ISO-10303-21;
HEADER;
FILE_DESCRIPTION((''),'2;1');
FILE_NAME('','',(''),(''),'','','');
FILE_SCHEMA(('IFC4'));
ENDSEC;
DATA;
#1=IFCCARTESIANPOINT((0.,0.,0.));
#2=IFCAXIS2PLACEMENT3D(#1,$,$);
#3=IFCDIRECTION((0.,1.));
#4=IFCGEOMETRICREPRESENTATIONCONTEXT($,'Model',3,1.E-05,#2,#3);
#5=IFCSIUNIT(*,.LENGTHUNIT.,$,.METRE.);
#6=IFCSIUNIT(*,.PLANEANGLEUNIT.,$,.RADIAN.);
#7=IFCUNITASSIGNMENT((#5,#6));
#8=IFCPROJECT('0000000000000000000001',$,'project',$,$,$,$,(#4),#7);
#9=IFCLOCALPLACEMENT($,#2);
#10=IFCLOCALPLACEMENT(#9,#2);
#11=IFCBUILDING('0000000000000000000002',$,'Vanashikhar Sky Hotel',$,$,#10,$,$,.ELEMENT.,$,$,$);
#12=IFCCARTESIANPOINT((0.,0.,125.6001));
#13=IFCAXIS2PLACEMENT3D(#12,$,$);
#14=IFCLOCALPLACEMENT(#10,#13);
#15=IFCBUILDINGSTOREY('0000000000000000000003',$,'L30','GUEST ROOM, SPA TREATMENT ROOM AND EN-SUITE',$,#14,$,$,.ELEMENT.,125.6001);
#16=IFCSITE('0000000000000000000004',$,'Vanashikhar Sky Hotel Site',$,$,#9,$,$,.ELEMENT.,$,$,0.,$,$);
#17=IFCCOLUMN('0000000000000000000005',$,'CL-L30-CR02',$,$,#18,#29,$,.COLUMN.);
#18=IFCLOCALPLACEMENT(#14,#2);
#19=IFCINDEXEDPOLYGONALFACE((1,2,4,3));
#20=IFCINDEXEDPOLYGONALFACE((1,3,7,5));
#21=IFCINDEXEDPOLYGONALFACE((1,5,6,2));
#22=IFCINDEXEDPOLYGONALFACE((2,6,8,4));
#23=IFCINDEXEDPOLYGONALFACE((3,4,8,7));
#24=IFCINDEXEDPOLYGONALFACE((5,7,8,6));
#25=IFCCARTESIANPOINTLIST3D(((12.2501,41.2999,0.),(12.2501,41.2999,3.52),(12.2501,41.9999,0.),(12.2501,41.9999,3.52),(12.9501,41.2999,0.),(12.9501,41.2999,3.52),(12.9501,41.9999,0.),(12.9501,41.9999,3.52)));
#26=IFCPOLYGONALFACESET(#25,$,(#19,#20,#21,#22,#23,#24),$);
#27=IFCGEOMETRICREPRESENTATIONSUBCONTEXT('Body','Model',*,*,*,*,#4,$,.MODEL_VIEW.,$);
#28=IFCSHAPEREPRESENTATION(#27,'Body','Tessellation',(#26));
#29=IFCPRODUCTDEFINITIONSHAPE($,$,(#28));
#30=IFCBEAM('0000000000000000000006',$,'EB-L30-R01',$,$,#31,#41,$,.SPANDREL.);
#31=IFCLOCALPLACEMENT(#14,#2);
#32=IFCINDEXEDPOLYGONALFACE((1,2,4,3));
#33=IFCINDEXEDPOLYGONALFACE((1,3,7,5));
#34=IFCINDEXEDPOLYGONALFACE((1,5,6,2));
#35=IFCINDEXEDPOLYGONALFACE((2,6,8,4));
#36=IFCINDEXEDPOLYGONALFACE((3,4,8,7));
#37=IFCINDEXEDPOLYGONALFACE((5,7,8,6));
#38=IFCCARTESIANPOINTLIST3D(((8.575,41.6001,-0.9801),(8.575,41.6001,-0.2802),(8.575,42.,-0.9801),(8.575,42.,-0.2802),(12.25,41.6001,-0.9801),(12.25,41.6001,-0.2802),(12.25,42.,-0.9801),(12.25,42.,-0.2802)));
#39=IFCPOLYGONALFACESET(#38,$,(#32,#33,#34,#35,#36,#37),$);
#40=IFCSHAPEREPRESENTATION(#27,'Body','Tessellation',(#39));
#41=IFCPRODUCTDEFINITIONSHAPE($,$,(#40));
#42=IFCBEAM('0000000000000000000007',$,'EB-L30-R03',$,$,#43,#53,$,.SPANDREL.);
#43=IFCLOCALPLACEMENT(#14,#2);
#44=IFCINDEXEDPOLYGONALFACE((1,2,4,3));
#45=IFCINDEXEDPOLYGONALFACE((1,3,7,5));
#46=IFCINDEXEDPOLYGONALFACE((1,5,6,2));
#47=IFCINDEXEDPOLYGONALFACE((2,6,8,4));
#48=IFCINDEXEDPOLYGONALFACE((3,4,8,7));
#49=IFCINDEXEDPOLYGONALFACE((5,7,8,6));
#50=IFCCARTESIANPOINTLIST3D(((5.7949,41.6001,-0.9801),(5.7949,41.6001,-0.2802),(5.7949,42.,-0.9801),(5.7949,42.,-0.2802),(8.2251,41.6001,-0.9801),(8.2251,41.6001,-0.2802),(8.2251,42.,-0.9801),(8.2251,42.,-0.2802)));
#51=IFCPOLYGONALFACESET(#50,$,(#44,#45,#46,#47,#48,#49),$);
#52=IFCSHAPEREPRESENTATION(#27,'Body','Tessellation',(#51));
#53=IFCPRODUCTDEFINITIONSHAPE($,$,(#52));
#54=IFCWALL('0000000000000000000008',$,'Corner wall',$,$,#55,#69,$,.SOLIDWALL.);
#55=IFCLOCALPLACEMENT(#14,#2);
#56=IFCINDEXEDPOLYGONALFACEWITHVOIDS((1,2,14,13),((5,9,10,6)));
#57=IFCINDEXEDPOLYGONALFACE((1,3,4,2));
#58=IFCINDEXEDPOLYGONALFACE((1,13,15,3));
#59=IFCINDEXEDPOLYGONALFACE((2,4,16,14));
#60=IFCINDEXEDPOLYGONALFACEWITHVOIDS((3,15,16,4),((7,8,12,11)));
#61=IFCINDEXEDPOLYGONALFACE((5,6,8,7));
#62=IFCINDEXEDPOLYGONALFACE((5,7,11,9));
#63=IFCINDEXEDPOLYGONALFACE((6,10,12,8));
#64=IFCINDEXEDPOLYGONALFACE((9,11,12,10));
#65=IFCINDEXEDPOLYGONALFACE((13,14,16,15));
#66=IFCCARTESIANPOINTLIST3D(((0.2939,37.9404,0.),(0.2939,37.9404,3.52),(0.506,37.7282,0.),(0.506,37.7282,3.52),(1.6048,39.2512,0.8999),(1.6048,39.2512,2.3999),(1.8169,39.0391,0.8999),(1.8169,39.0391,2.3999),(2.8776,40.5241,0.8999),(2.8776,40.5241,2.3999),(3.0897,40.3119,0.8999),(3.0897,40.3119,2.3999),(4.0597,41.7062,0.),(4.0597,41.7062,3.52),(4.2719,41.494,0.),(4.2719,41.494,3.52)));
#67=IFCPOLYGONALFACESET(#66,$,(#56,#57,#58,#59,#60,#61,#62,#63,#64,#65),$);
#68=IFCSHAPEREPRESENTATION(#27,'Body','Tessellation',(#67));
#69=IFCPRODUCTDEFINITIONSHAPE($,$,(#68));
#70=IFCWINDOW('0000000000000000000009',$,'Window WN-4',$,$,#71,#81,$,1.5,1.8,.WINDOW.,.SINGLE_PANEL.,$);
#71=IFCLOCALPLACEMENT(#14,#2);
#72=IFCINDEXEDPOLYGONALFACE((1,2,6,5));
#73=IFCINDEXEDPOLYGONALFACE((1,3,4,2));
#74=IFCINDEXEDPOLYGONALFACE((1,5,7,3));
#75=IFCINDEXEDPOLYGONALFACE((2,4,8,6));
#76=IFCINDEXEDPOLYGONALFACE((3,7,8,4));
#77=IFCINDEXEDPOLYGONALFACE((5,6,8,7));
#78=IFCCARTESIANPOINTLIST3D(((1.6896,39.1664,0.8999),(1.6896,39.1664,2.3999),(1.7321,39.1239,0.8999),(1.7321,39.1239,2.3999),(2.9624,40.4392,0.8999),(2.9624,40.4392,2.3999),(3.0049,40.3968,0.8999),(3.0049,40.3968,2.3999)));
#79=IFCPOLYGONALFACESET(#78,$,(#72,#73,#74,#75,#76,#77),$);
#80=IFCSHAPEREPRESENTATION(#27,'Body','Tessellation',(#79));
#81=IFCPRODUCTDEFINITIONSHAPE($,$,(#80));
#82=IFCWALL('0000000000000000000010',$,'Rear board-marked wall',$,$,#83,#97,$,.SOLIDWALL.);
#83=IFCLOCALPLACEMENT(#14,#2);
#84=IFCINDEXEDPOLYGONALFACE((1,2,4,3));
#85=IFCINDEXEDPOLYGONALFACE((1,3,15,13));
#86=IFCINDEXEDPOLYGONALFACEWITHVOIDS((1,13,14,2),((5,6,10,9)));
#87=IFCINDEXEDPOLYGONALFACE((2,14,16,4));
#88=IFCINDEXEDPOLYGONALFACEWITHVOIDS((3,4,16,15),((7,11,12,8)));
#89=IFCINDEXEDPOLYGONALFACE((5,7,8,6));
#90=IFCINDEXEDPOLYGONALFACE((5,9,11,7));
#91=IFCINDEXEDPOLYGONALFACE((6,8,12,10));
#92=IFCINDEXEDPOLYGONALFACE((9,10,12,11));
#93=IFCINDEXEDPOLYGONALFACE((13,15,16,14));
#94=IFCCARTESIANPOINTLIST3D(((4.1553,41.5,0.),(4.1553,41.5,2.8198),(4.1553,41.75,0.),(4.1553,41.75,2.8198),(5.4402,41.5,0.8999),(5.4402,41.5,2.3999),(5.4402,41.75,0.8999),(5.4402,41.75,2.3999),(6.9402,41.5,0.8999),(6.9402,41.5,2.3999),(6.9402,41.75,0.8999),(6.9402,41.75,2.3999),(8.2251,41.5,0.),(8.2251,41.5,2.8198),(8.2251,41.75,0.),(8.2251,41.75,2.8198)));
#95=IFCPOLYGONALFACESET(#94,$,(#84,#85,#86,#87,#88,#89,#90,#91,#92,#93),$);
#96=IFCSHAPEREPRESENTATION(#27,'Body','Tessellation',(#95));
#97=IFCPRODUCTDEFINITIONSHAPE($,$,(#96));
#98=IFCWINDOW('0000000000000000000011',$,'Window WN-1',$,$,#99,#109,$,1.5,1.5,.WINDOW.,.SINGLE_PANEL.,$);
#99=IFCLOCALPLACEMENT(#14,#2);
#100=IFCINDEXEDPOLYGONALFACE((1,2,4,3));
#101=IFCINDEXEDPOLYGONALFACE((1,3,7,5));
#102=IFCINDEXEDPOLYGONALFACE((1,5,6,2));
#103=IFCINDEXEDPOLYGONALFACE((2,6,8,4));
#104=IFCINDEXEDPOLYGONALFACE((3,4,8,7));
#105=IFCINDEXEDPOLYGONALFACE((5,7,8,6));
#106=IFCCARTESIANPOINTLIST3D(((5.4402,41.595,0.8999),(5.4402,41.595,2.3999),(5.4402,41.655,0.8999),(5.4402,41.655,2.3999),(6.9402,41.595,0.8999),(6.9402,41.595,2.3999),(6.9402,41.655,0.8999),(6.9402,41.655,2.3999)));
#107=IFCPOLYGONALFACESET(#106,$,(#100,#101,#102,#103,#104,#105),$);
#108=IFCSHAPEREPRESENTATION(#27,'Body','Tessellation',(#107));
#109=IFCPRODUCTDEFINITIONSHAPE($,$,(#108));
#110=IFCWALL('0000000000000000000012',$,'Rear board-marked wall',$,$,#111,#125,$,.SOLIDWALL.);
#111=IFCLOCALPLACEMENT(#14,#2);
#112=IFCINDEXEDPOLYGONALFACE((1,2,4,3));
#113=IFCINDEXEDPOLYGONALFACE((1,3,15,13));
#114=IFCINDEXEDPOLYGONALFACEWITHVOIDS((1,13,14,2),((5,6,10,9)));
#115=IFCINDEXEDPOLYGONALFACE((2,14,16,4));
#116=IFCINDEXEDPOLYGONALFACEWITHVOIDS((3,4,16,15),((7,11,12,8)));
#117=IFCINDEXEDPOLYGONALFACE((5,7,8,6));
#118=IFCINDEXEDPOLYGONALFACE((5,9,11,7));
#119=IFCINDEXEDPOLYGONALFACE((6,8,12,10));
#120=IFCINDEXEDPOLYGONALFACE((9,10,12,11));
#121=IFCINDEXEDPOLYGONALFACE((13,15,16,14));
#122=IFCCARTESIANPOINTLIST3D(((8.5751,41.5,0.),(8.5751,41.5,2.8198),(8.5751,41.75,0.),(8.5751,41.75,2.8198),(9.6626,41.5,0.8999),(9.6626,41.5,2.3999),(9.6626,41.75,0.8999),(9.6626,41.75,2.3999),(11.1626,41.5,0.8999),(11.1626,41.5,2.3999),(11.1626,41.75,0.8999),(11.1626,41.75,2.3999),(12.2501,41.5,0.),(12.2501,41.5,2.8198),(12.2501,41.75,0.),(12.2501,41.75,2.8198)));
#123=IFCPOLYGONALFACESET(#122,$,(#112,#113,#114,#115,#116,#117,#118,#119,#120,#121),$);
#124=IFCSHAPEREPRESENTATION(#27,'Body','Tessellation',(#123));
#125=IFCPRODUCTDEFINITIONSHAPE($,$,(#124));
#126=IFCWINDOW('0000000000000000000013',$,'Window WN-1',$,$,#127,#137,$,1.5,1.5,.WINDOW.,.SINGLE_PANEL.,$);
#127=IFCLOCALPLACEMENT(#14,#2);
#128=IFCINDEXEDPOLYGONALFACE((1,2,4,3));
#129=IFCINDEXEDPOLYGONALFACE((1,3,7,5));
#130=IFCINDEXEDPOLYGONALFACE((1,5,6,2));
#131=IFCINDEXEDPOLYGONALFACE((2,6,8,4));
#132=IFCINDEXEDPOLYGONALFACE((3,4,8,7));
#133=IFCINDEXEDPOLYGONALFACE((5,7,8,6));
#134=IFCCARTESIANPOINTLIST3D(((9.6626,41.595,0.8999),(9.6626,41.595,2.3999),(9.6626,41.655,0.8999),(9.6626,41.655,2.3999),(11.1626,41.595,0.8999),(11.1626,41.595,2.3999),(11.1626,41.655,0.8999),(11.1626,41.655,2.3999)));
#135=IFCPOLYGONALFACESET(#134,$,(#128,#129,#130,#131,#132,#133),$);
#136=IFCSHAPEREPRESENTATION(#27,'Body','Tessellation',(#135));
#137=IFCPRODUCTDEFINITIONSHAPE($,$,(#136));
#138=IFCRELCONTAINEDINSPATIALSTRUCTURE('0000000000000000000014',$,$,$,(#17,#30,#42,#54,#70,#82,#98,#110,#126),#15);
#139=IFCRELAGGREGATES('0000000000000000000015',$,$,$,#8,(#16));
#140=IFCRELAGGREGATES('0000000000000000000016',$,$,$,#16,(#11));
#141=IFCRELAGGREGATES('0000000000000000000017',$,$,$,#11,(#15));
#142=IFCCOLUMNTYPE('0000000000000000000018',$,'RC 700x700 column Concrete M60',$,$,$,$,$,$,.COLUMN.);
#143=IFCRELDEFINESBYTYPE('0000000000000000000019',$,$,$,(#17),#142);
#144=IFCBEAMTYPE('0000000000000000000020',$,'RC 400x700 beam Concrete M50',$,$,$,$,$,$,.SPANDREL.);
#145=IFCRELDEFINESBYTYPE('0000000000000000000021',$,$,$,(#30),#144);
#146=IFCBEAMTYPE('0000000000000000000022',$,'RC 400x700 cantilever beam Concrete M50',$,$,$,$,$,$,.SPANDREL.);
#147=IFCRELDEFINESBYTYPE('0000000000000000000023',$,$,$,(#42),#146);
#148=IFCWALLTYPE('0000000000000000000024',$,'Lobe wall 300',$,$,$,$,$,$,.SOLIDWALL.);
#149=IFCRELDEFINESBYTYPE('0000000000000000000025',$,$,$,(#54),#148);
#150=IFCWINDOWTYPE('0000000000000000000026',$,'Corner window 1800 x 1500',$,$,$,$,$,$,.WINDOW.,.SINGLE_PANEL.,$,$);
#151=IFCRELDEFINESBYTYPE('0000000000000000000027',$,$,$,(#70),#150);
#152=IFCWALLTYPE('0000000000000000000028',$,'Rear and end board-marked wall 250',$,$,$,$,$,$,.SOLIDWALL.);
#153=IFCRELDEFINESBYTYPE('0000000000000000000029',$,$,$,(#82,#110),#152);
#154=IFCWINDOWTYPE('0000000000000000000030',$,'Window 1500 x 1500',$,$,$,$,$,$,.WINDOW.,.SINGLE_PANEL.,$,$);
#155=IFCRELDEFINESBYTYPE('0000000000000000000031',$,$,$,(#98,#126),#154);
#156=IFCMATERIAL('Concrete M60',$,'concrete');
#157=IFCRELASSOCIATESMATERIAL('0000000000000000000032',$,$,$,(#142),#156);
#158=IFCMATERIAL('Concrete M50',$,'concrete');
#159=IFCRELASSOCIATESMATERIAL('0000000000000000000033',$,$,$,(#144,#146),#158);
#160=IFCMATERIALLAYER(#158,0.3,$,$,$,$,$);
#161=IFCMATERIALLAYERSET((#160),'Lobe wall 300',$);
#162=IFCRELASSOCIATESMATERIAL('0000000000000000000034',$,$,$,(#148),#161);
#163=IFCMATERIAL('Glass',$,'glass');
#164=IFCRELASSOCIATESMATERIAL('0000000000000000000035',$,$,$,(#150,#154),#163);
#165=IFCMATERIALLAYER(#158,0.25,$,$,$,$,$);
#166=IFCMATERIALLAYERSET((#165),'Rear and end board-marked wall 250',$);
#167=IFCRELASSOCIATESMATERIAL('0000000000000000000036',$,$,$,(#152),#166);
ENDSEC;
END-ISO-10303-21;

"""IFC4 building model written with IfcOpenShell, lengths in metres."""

from ifc_helpers import new_model, si_unit, direction, frame, frame_2d, origin, origin_2d, place, context, subcontext, project, spatial, rectangle, extrude, source, transform, mapped, material, layer, layer_set, material_profile, profile_set, type_object, element, fill, save


model = new_model("IFC4")

# Units and contexts
model_context = context("Model", 3, precision=1e-05, world=origin(), true_north=direction((0.0, 1.0)))
body_context = subcontext(model_context, "Body", "Model", "MODEL_VIEW")
ifc_project = project(units=[si_unit("LENGTHUNIT", "METRE"), si_unit("PLANEANGLEUNIT", "RADIAN")], contexts=[model_context])

# Site, building, storey
site_placement = place(None, origin())
site = spatial("IfcSite", under=ifc_project, at=site_placement, Name="Vanashikhar Sky Hotel Site", CompositionType="ELEMENT", RefElevation=0.0)
building_placement = place(site_placement, origin())
building = spatial("IfcBuilding", under=site, at=building_placement, Name="Vanashikhar Sky Hotel", CompositionType="ELEMENT")
storey_placement = place(building_placement, frame((0.0, 0.0, 125.6001)))
storey = spatial("IfcBuildingStorey", under=building, at=storey_placement, Name="L30", Description="GUEST ROOM, SPA TREATMENT ROOM AND EN-SUITE", CompositionType="ELEMENT", Elevation=125.6001)

# Column
ifc_material_1 = material(Name="Concrete M60", Category="concrete")
ifc_material_profile_1 = material_profile(ifc_material_1, rectangle(XDim=0.7, YDim=0.7, at=origin_2d()))
ifc_profile_set_1 = profile_set([ifc_material_profile_1], Name="RC 700x700 column Concrete M60")
column_type = type_object("IfcColumnType", Name="RC 700x700 column Concrete M60", PredefinedType="COLUMN", material=ifc_profile_set_1)
shared_shape_1 = source(origin(), body_context, "Body", "SweptSolid", [
    extrude(rectangle(XDim=0.7, YDim=0.7, at=origin_2d()), origin(), (0.0, 0.0, 1.0), 3.52),
])
column_placement = place(storey_placement, frame((12.6001, 41.6499, 0.0), z_axis=(0.0, 0.0, 1.0), x_axis=(1.0, 0.0, 0.0)))
element("IfcColumn", 1, at=column_placement, inside=storey, type_object=column_type, Name="CL-L30-CR02", PredefinedType="COLUMN", context=body_context, shape_type="MappedRepresentation", body=[
    mapped(shared_shape_1, transform((0.0, 0.0, 0.0), scale=1.0)),
])

# Beams
ifc_material_2 = material(Name="Concrete M50", Category="concrete")
ifc_material_profile_2 = material_profile(ifc_material_2, rectangle(XDim=0.3999, YDim=0.7, at=origin_2d()))
ifc_profile_set_2 = profile_set([ifc_material_profile_2], Name="RC 400x700 beam Concrete M50")
beam_type_1 = type_object("IfcBeamType", Name="RC 400x700 beam Concrete M50", PredefinedType="SPANDREL", material=ifc_profile_set_2)
shared_shape_2 = source(origin(), body_context, "Body", "SweptSolid", [
    extrude(rectangle(XDim=0.3999, YDim=0.7, at=origin_2d()), origin(), (0.0, 0.0, 1.0), 3.675),
])
beam_1_placement = place(storey_placement, frame((8.575, 41.8, -0.6301), z_axis=(1.0, 0.0, 0.0), x_axis=(0.0, 1.0, 0.0)))
element("IfcBeam", 2, at=beam_1_placement, inside=storey, type_object=beam_type_1, Name="EB-L30-R01", PredefinedType="SPANDREL", context=body_context, shape_type="MappedRepresentation", body=[
    mapped(shared_shape_2, transform((0.0, 0.0, 0.0), scale=1.0)),
])
ifc_material_profile_3 = material_profile(ifc_material_2, rectangle(XDim=0.3999, YDim=0.7, at=origin_2d()))
ifc_profile_set_3 = profile_set([ifc_material_profile_3], Name="RC 400x700 cantilever beam Concrete M50")
beam_type_2 = type_object("IfcBeamType", Name="RC 400x700 cantilever beam Concrete M50", PredefinedType="SPANDREL", material=ifc_profile_set_3)
shared_shape_3 = source(origin(), body_context, "Body", "SweptSolid", [
    extrude(rectangle(XDim=0.3999, YDim=0.7, at=origin_2d()), origin(), (0.0, 0.0, 1.0), 2.4302),
])
beam_2_placement = place(storey_placement, frame((5.7949, 41.8, -0.6301), z_axis=(1.0, 0.0, 0.0), x_axis=(0.0, 1.0, 0.0)))
element("IfcBeam", 3, at=beam_2_placement, inside=storey, type_object=beam_type_2, Name="EB-L30-R03", PredefinedType="SPANDREL", context=body_context, shape_type="MappedRepresentation", body=[
    mapped(shared_shape_3, transform((0.0, 0.0, 0.0), scale=1.0)),
])

# Walls, openings, windows
ifc_layer_1 = layer(ifc_material_2, 0.3)
ifc_layer_set_1 = layer_set([ifc_layer_1], Name="Lobe wall 300")
wall_type_1 = type_object("IfcWallType", Name="Lobe wall 300", PredefinedType="SOLIDWALL", material=ifc_layer_set_1)
shared_shape_4 = source(origin(), body_context, "Body", "SweptSolid", [
    extrude(rectangle(XDim=5.3257, YDim=0.3, at=frame_2d((2.6628, 0.0))), origin(), (0.0, 0.0, 1.0), 3.52),
])
wall_1_placement = place(storey_placement, frame((4.1658, 41.6001, 0.0), z_axis=(0.0, 0.0, 1.0), x_axis=(-0.707107, -0.707107, 0.0)))
wall_1 = element("IfcWall", 4, at=wall_1_placement, inside=storey, type_object=wall_type_1, Name="Corner wall", PredefinedType="SOLIDWALL", context=body_context, shape_type="MappedRepresentation", body=[
    mapped(shared_shape_4, transform((0.0, 0.0, 0.0), scale=1.0)),
])
shared_shape_5 = source(origin(), body_context, "Body", "SweptSolid", [
    extrude(rectangle(XDim=1.8, YDim=1.5, at=frame_2d((0.8999, 0.75))), frame((0.0, 0.1602, 0.0), z_axis=(0.0, -1.0, 0.0), x_axis=(1.0, 0.0, 0.0)), (0.0, 0.0, 1.0), 0.3201),
])
opening_1_placement = place(wall_1_placement, frame((1.6719, 0.0, 0.8999)))
opening_1 = element("IfcOpeningElement", 5, at=opening_1_placement, cuts=wall_1, PredefinedType="OPENING", context=body_context, shape_type="MappedRepresentation", body=[
    mapped(shared_shape_5, transform((0.0, 0.0, 0.0), scale=1.0)),
])
ifc_material_3 = material(Name="Glass", Category="glass")
window_type_1 = type_object("IfcWindowType", Name="Corner window 1800 x 1500", PartitioningType="SINGLE_PANEL", PredefinedType="WINDOW", material=ifc_material_3)
shared_shape_6 = source(origin(), body_context, "Body", "SweptSolid", [
    extrude(rectangle(XDim=1.8, YDim=1.5, at=frame_2d((0.8999, 0.75))), frame((0.0, 0.03, 0.0), z_axis=(0.0, -1.0, 0.0), x_axis=(1.0, 0.0, 0.0)), (0.0, 0.0, 1.0), 0.0601),
])
window_1_placement = place(opening_1_placement, origin())
window_1 = element("IfcWindow", 6, at=window_1_placement, inside=storey, type_object=window_type_1, Name="Window WN-4", OverallHeight=1.5, OverallWidth=1.8, PartitioningType="SINGLE_PANEL", PredefinedType="WINDOW", context=body_context, shape_type="MappedRepresentation", body=[
    mapped(shared_shape_6, transform((0.0, 0.0, 0.0), scale=1.0)),
])
fill(opening_1, window_1)
ifc_layer_2 = layer(ifc_material_2, 0.25)
ifc_layer_set_2 = layer_set([ifc_layer_2], Name="Rear and end board-marked wall 250")
wall_type_2 = type_object("IfcWallType", Name="Rear and end board-marked wall 250", PredefinedType="SOLIDWALL", material=ifc_layer_set_2)
shared_shape_7 = source(origin(), body_context, "Body", "SweptSolid", [
    extrude(rectangle(XDim=4.0698, YDim=0.25, at=frame_2d((2.0349, 0.0))), origin(), (0.0, 0.0, 1.0), 2.8198),
])
wall_2_placement = place(storey_placement, frame((8.2251, 41.625, 0.0), z_axis=(0.0, 0.0, 1.0), x_axis=(-1.0, 0.0, 0.0)))
wall_2 = element("IfcWall", 7, at=wall_2_placement, inside=storey, type_object=wall_type_2, Name="Rear board-marked wall", PredefinedType="SOLIDWALL", context=body_context, shape_type="MappedRepresentation", body=[
    mapped(shared_shape_7, transform((0.0, 0.0, 0.0), scale=1.0)),
])
shared_shape_8 = source(origin(), body_context, "Body", "SweptSolid", [
    extrude(rectangle(XDim=1.5, YDim=1.5, at=frame_2d((0.75, 0.75))), frame((0.0, 0.135, 0.0), z_axis=(0.0, -1.0, 0.0), x_axis=(1.0, 0.0, 0.0)), (0.0, 0.0, 1.0), 0.27),
])
opening_2_placement = place(wall_2_placement, frame((1.2849, 0.0, 0.8999)))
opening_2 = element("IfcOpeningElement", 8, at=opening_2_placement, cuts=wall_2, PredefinedType="OPENING", context=body_context, shape_type="MappedRepresentation", body=[
    mapped(shared_shape_8, transform((0.0, 0.0, 0.0), scale=1.0)),
])
window_type_2 = type_object("IfcWindowType", Name="Window 1500 x 1500", PartitioningType="SINGLE_PANEL", PredefinedType="WINDOW", material=ifc_material_3)
shared_shape_9 = source(origin(), body_context, "Body", "SweptSolid", [
    extrude(rectangle(XDim=1.5, YDim=1.5, at=frame_2d((0.75, 0.75))), frame((0.0, 0.03, 0.0), z_axis=(0.0, -1.0, 0.0), x_axis=(1.0, 0.0, 0.0)), (0.0, 0.0, 1.0), 0.0601),
])
window_2_placement = place(opening_2_placement, origin())
window_2 = element("IfcWindow", 9, at=window_2_placement, inside=storey, type_object=window_type_2, Name="Window WN-1", OverallHeight=1.5, OverallWidth=1.5, PartitioningType="SINGLE_PANEL", PredefinedType="WINDOW", context=body_context, shape_type="MappedRepresentation", body=[
    mapped(shared_shape_9, transform((0.0, 0.0, 0.0), scale=1.0)),
])
fill(opening_2, window_2)
shared_shape_10 = source(origin(), body_context, "Body", "SweptSolid", [
    extrude(rectangle(XDim=3.675, YDim=0.25, at=frame_2d((1.8374, 0.0))), origin(), (0.0, 0.0, 1.0), 2.8198),
])
wall_3_placement = place(storey_placement, frame((12.25, 41.625, 0.0), z_axis=(0.0, 0.0, 1.0), x_axis=(-1.0, 0.0, 0.0)))
wall_3 = element("IfcWall", 10, at=wall_3_placement, inside=storey, type_object=wall_type_2, Name="Rear board-marked wall", PredefinedType="SOLIDWALL", context=body_context, shape_type="MappedRepresentation", body=[
    mapped(shared_shape_10, transform((0.0, 0.0, 0.0), scale=1.0)),
])
opening_3_placement = place(wall_3_placement, frame((1.0874, 0.0, 0.8999)))
opening_3 = element("IfcOpeningElement", 11, at=opening_3_placement, cuts=wall_3, PredefinedType="OPENING", context=body_context, shape_type="MappedRepresentation", body=[
    mapped(shared_shape_8, transform((0.0, 0.0, 0.0), scale=1.0)),
])
window_3_placement = place(opening_3_placement, origin())
window_3 = element("IfcWindow", 12, at=window_3_placement, inside=storey, type_object=window_type_2, Name="Window WN-1", OverallHeight=1.5, OverallWidth=1.5, PartitioningType="SINGLE_PANEL", PredefinedType="WINDOW", context=body_context, shape_type="MappedRepresentation", body=[
    mapped(shared_shape_9, transform((0.0, 0.0, 0.0), scale=1.0)),
])
fill(opening_3, window_3)

save(model, "model.ifc")
